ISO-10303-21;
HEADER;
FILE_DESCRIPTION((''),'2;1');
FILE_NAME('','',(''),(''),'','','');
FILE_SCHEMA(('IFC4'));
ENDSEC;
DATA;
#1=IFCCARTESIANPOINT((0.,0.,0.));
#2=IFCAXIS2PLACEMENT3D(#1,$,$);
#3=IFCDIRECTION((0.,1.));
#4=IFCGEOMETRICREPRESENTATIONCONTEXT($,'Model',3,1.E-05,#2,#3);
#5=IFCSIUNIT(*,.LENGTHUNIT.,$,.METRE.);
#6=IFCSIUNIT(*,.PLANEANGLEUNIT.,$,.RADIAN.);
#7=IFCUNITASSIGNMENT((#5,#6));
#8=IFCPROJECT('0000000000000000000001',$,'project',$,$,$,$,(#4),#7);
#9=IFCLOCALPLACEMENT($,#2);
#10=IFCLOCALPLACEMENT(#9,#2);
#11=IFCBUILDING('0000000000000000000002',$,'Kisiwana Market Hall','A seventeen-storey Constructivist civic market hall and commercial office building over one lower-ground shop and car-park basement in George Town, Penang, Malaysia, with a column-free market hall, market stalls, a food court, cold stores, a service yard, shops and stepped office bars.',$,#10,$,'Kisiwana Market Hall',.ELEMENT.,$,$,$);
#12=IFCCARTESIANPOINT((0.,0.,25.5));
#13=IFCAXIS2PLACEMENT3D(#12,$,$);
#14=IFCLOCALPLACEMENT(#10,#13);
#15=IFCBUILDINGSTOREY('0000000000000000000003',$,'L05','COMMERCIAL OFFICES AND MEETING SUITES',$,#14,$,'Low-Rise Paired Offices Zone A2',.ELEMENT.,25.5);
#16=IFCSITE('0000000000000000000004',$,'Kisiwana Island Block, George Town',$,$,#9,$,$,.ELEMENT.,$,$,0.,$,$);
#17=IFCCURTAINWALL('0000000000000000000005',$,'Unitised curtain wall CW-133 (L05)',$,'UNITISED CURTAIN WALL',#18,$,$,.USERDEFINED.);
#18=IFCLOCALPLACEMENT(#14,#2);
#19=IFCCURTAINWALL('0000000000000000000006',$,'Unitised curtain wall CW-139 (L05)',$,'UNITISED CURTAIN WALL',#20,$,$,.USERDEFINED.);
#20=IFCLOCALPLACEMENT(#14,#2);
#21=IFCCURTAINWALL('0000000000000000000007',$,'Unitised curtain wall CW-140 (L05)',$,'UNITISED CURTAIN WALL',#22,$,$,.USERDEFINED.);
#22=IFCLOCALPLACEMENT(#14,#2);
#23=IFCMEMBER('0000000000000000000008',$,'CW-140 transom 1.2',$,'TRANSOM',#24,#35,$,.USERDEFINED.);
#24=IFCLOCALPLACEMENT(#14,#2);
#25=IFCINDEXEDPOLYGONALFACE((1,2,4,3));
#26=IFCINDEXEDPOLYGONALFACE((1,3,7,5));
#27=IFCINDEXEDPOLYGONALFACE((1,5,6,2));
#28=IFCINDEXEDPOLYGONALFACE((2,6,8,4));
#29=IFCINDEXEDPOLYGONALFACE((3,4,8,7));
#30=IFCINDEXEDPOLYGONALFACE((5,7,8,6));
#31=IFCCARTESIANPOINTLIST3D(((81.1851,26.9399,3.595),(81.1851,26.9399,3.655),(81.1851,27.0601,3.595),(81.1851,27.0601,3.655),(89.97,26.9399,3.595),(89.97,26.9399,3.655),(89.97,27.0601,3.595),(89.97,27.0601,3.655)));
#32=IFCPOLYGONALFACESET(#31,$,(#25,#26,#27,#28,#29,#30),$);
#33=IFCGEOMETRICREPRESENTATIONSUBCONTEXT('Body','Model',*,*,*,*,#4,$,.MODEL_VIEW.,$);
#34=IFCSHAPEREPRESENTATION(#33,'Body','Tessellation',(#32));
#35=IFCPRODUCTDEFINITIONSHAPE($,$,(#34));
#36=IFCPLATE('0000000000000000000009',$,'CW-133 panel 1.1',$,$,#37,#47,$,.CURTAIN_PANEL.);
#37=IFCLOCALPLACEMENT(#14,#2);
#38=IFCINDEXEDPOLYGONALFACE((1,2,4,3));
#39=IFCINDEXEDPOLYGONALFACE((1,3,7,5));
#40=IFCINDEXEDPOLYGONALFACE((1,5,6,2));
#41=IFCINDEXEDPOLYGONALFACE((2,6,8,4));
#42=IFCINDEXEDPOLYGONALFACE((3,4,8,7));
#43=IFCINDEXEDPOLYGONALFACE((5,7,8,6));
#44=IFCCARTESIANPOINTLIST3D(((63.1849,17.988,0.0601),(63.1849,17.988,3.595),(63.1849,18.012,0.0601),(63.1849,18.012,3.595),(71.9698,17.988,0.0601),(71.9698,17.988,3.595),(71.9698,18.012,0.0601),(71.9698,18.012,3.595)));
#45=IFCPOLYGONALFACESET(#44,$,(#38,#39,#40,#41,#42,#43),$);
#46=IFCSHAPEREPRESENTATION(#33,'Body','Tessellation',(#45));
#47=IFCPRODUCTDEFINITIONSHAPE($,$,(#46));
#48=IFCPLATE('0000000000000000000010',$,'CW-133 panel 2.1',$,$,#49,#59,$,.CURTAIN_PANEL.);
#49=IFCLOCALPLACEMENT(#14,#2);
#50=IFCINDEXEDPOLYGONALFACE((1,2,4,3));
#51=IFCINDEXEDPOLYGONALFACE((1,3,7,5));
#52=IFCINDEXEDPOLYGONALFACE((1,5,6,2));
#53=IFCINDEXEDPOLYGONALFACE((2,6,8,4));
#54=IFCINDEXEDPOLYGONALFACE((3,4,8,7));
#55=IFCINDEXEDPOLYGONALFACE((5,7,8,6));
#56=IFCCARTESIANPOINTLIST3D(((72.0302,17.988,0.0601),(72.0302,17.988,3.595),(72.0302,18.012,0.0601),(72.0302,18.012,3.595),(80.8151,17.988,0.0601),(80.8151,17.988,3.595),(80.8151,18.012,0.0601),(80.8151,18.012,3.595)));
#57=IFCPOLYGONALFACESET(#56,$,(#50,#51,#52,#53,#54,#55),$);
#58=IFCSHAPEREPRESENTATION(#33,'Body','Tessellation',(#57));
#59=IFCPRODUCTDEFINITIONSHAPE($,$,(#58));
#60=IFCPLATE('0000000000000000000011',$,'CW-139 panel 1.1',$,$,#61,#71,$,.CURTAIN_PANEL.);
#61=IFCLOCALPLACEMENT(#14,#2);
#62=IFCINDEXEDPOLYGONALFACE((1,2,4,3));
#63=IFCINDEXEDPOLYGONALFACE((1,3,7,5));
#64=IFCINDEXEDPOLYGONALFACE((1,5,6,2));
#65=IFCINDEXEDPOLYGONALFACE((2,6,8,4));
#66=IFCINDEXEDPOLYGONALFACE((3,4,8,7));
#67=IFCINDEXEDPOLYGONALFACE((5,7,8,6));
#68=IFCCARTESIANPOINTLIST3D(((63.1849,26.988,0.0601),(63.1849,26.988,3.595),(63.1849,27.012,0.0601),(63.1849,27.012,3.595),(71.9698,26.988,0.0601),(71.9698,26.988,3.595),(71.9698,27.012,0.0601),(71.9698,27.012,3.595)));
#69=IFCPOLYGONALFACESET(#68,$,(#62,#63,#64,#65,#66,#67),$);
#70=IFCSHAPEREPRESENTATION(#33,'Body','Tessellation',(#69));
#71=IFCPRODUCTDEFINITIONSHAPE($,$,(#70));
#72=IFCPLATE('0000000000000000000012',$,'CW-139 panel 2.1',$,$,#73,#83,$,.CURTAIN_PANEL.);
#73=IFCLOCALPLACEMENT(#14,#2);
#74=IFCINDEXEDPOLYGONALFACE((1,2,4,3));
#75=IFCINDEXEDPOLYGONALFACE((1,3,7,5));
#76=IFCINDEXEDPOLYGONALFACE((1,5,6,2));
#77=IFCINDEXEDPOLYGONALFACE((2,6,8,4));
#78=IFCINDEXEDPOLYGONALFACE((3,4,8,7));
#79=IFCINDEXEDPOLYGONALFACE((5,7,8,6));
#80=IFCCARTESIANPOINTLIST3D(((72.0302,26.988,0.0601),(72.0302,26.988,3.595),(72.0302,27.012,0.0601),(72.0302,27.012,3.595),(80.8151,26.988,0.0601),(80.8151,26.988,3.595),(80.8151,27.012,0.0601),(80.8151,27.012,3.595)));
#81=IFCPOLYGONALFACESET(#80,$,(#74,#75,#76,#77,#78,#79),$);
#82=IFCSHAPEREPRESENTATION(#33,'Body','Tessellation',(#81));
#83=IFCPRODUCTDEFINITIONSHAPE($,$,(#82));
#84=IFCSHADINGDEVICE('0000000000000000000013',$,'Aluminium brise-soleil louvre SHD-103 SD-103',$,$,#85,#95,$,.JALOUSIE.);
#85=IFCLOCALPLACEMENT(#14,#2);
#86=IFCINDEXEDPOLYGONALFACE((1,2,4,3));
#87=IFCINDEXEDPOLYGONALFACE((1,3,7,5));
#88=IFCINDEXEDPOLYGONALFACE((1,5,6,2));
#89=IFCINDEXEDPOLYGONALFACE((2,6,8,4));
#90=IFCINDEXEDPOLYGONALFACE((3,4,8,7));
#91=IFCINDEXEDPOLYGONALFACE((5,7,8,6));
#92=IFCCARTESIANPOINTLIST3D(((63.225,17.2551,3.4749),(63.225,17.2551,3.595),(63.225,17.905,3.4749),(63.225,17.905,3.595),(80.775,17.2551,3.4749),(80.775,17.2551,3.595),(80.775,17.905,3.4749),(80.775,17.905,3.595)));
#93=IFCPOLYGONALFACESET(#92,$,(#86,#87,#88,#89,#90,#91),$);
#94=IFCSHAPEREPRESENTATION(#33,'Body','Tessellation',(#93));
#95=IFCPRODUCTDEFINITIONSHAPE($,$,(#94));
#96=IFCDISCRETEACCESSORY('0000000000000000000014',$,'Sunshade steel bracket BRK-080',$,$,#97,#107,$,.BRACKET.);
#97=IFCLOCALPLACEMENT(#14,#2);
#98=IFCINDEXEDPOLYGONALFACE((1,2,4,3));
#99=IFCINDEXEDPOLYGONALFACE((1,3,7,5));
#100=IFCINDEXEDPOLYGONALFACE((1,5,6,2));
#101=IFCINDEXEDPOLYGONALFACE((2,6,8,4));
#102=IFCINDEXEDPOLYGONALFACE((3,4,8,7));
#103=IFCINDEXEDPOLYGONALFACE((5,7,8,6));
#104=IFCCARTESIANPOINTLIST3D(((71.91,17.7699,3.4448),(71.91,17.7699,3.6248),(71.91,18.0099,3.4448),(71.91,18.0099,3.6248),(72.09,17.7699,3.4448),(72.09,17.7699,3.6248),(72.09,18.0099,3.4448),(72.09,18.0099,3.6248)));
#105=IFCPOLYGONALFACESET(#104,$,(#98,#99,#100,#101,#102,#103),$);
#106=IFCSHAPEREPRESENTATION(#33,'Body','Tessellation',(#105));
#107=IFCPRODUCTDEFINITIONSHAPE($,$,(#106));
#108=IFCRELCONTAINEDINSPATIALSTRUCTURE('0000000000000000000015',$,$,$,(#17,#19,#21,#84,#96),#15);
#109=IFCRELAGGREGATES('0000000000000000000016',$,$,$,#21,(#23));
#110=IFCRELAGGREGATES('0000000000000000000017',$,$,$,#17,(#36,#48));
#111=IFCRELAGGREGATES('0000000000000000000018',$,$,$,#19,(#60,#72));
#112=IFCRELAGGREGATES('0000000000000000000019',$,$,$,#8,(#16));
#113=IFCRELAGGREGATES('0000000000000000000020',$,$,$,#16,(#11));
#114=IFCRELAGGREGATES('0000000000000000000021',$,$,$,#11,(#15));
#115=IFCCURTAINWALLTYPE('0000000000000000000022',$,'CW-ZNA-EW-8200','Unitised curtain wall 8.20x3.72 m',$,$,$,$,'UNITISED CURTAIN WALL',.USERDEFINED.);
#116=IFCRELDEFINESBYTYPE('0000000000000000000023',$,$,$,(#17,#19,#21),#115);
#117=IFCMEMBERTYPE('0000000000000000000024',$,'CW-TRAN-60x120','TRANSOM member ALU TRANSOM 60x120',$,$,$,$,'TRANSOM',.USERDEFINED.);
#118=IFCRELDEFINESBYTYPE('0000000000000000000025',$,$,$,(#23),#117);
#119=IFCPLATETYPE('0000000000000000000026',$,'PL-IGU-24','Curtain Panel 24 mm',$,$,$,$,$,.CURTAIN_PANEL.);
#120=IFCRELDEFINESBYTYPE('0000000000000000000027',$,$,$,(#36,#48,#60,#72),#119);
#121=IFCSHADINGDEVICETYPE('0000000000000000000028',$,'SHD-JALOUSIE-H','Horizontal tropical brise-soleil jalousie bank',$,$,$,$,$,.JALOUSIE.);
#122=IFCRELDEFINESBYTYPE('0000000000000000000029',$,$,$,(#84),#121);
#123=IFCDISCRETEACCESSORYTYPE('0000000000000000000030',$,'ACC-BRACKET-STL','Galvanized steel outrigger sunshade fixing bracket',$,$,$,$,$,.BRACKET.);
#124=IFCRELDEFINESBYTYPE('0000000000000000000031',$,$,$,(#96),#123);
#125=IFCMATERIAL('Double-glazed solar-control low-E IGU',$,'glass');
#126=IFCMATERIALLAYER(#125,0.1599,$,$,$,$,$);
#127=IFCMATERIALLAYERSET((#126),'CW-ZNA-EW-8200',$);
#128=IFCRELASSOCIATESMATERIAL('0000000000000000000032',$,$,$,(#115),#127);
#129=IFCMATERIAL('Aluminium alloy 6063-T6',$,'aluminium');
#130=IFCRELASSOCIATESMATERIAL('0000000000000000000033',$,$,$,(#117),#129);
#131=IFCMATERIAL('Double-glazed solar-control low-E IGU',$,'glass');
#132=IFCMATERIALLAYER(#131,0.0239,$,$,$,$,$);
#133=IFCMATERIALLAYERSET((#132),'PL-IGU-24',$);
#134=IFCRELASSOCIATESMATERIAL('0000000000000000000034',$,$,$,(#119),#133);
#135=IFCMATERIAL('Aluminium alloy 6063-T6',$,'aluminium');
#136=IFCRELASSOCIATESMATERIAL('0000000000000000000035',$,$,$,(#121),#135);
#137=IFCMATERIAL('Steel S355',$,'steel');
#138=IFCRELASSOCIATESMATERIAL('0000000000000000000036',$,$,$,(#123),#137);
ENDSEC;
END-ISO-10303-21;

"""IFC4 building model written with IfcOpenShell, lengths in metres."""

from ifc_helpers import new_model, si_unit, direction, frame, origin, origin_2d, place, context, subcontext, project, spatial, rectangle, extrude, material, layer, layer_set, material_profile, profile_set, type_object, element, aggregate, save


model = new_model("IFC4")

# Units and contexts
model_context = context("Model", 3, precision=1e-05, world=origin(), true_north=direction((0.0, 1.0)))
body_context = subcontext(model_context, "Body", "Model", "MODEL_VIEW")
ifc_project = project(units=[si_unit("LENGTHUNIT", "METRE"), si_unit("PLANEANGLEUNIT", "RADIAN")], contexts=[model_context])

# Site, building, storey
site_placement = place(None, origin())
site = spatial("IfcSite", under=ifc_project, at=site_placement, Name="Kisiwana Island Block, George Town", CompositionType="ELEMENT", RefElevation=0.0)
building_placement = place(site_placement, origin())
building = spatial("IfcBuilding", under=site, at=building_placement, Name="Kisiwana Market Hall", Description="A seventeen-storey Constructivist civic market hall and commercial office building over one lower-ground shop and car-park basement in George Town, Penang, Malaysia, with a column-free market hall, market stalls, a food court, cold stores, a service yard, shops and stepped office bars.", LongName="Kisiwana Market Hall", CompositionType="ELEMENT")
storey_placement = place(building_placement, frame((0.0, 0.0, 25.5)))
storey = spatial("IfcBuildingStorey", under=building, at=storey_placement, Name="L05", Description="COMMERCIAL OFFICES AND MEETING SUITES", LongName="Low-Rise Paired Offices Zone A2", CompositionType="ELEMENT", Elevation=25.5)

# Curtain wall
ifc_material_1 = material(Name="Double-glazed solar-control low-E IGU", Category="glass")
ifc_layer_1 = layer(ifc_material_1, 0.1599)
ifc_layer_set_1 = layer_set([ifc_layer_1], Name="CW-ZNA-EW-8200")
curtain_wall_type = type_object("IfcCurtainWallType", Name="CW-ZNA-EW-8200", Description="Unitised curtain wall 8.20x3.72 m", ElementType="UNITISED CURTAIN WALL", PredefinedType="USERDEFINED", material=ifc_layer_set_1)
curtain_wall_1_placement = place(storey_placement, origin())
curtain_wall_1 = element("IfcCurtainWall", 1, at=curtain_wall_1_placement, inside=storey, type_object=curtain_wall_type, Name="Unitised curtain wall CW-133 (L05)", ObjectType="UNITISED CURTAIN WALL", PredefinedType="USERDEFINED")

# Curtain wall
curtain_wall_2_placement = place(storey_placement, origin())
curtain_wall_2 = element("IfcCurtainWall", 2, at=curtain_wall_2_placement, inside=storey, type_object=curtain_wall_type, Name="Unitised curtain wall CW-139 (L05)", ObjectType="UNITISED CURTAIN WALL", PredefinedType="USERDEFINED")

# Curtain wall
curtain_wall_3_placement = place(storey_placement, origin())
curtain_wall_3 = element("IfcCurtainWall", 3, at=curtain_wall_3_placement, inside=storey, type_object=curtain_wall_type, Name="Unitised curtain wall CW-140 (L05)", ObjectType="UNITISED CURTAIN WALL", PredefinedType="USERDEFINED")

# Member
ifc_material_2 = material(Name="Aluminium alloy 6063-T6", Category="aluminium")
ifc_material_profile_1 = material_profile(ifc_material_2, rectangle(XDim=0.1201, YDim=0.0601, at=origin_2d()), Name="ALU TRANSOM 60x120")
ifc_profile_set_1 = profile_set([ifc_material_profile_1], Name="Aluminium alloy 6063-T6")
member_type_1 = type_object("IfcMemberType", Name="CW-TRAN-60x120", Description="TRANSOM member ALU TRANSOM 60x120", ElementType="TRANSOM", PredefinedType="USERDEFINED", material=ifc_profile_set_1)
member_1_placement = place(storey_placement, frame((81.1851, 27.0, 3.625), z_axis=(1.0, 0.0, 0.0), x_axis=(0.0, 1.0, 0.0)))
member_1 = element("IfcMember", 4, at=member_1_placement, type_object=member_type_1, Name="CW-140 transom 1.2", ObjectType="TRANSOM", PredefinedType="USERDEFINED", context=body_context, shape_type="SweptSolid", body=[
    extrude(rectangle(XDim=0.1201, YDim=0.0601, at=origin_2d()), origin(), (0.0, 0.0, 1.0), 8.7849),
])
aggregate(curtain_wall_3, [member_1])

# Plates
ifc_material_3 = material(Name="Double-glazed solar-control low-E IGU", Category="glass")
ifc_layer_2 = layer(ifc_material_3, 0.0239)
ifc_layer_set_2 = layer_set([ifc_layer_2], Name="PL-IGU-24")
plate_type = type_object("IfcPlateType", Name="PL-IGU-24", Description="Curtain Panel 24 mm", PredefinedType="CURTAIN_PANEL", material=ifc_layer_set_2)
plate_1_placement = place(storey_placement, frame((67.5774, 18.0, 0.0601), z_axis=(0.0, 0.0, 1.0), x_axis=(1.0, 0.0, 0.0)))
plate_1 = element("IfcPlate", 5, at=plate_1_placement, type_object=plate_type, Name="CW-133 panel 1.1", PredefinedType="CURTAIN_PANEL", context=body_context, shape_type="SweptSolid", body=[
    extrude(rectangle(XDim=8.7849, YDim=0.0239, at=origin_2d()), origin(), (0.0, 0.0, 1.0), 3.5349),
])
plate_2_placement = place(storey_placement, frame((76.4226, 18.0, 0.0601), z_axis=(0.0, 0.0, 1.0), x_axis=(1.0, 0.0, 0.0)))
plate_2 = element("IfcPlate", 6, at=plate_2_placement, type_object=plate_type, Name="CW-133 panel 2.1", PredefinedType="CURTAIN_PANEL", context=body_context, shape_type="SweptSolid", body=[
    extrude(rectangle(XDim=8.7849, YDim=0.0239, at=origin_2d()), origin(), (0.0, 0.0, 1.0), 3.5349),
])
aggregate(curtain_wall_1, [plate_1, plate_2])
plate_3_placement = place(storey_placement, frame((67.5774, 27.0, 0.0601), z_axis=(0.0, 0.0, 1.0), x_axis=(1.0, 0.0, 0.0)))
plate_3 = element("IfcPlate", 7, at=plate_3_placement, type_object=plate_type, Name="CW-139 panel 1.1", PredefinedType="CURTAIN_PANEL", context=body_context, shape_type="SweptSolid", body=[
    extrude(rectangle(XDim=8.7849, YDim=0.0239, at=origin_2d()), origin(), (0.0, 0.0, 1.0), 3.5349),
])
plate_4_placement = place(storey_placement, frame((76.4226, 27.0, 0.0601), z_axis=(0.0, 0.0, 1.0), x_axis=(1.0, 0.0, 0.0)))
plate_4 = element("IfcPlate", 8, at=plate_4_placement, type_object=plate_type, Name="CW-139 panel 2.1", PredefinedType="CURTAIN_PANEL", context=body_context, shape_type="SweptSolid", body=[
    extrude(rectangle(XDim=8.7849, YDim=0.0239, at=origin_2d()), origin(), (0.0, 0.0, 1.0), 3.5349),
])
aggregate(curtain_wall_2, [plate_3, plate_4])

# Shading device
ifc_material_4 = material(Name="Aluminium alloy 6063-T6", Category="aluminium")
shading_device_type = type_object("IfcShadingDeviceType", Name="SHD-JALOUSIE-H", Description="Horizontal tropical brise-soleil jalousie bank", PredefinedType="JALOUSIE", material=ifc_material_4)
shading_device_placement = place(storey_placement, frame((72.0, 17.5801, 3.4749), z_axis=(0.0, 0.0, 1.0), x_axis=(1.0, 0.0, 0.0)))
element("IfcShadingDevice", 9, at=shading_device_placement, inside=storey, type_object=shading_device_type, Name="Aluminium brise-soleil louvre SHD-103 SD-103", PredefinedType="JALOUSIE", context=body_context, shape_type="SweptSolid", body=[
    extrude(rectangle(XDim=17.55, YDim=0.6499, at=origin_2d()), origin(), (0.0, 0.0, 1.0), 0.1201),
])

# Discrete accessory
ifc_material_5 = material(Name="Steel S355", Category="steel")
discrete_accessory_type = type_object("IfcDiscreteAccessoryType", Name="ACC-BRACKET-STL", Description="Galvanized steel outrigger sunshade fixing bracket", PredefinedType="BRACKET", material=ifc_material_5)
discrete_accessory_placement = place(storey_placement, frame((72.0, 17.8899, 3.4448), z_axis=(0.0, 0.0, 1.0), x_axis=(1.0, 0.0, 0.0)))
element("IfcDiscreteAccessory", 10, at=discrete_accessory_placement, inside=storey, type_object=discrete_accessory_type, Name="Sunshade steel bracket BRK-080", PredefinedType="BRACKET", context=body_context, shape_type="SweptSolid", body=[
    extrude(rectangle(XDim=0.1799, YDim=0.24, at=origin_2d()), origin(), (0.0, 0.0, 1.0), 0.1799),
])

save(model, "model.ifc")
